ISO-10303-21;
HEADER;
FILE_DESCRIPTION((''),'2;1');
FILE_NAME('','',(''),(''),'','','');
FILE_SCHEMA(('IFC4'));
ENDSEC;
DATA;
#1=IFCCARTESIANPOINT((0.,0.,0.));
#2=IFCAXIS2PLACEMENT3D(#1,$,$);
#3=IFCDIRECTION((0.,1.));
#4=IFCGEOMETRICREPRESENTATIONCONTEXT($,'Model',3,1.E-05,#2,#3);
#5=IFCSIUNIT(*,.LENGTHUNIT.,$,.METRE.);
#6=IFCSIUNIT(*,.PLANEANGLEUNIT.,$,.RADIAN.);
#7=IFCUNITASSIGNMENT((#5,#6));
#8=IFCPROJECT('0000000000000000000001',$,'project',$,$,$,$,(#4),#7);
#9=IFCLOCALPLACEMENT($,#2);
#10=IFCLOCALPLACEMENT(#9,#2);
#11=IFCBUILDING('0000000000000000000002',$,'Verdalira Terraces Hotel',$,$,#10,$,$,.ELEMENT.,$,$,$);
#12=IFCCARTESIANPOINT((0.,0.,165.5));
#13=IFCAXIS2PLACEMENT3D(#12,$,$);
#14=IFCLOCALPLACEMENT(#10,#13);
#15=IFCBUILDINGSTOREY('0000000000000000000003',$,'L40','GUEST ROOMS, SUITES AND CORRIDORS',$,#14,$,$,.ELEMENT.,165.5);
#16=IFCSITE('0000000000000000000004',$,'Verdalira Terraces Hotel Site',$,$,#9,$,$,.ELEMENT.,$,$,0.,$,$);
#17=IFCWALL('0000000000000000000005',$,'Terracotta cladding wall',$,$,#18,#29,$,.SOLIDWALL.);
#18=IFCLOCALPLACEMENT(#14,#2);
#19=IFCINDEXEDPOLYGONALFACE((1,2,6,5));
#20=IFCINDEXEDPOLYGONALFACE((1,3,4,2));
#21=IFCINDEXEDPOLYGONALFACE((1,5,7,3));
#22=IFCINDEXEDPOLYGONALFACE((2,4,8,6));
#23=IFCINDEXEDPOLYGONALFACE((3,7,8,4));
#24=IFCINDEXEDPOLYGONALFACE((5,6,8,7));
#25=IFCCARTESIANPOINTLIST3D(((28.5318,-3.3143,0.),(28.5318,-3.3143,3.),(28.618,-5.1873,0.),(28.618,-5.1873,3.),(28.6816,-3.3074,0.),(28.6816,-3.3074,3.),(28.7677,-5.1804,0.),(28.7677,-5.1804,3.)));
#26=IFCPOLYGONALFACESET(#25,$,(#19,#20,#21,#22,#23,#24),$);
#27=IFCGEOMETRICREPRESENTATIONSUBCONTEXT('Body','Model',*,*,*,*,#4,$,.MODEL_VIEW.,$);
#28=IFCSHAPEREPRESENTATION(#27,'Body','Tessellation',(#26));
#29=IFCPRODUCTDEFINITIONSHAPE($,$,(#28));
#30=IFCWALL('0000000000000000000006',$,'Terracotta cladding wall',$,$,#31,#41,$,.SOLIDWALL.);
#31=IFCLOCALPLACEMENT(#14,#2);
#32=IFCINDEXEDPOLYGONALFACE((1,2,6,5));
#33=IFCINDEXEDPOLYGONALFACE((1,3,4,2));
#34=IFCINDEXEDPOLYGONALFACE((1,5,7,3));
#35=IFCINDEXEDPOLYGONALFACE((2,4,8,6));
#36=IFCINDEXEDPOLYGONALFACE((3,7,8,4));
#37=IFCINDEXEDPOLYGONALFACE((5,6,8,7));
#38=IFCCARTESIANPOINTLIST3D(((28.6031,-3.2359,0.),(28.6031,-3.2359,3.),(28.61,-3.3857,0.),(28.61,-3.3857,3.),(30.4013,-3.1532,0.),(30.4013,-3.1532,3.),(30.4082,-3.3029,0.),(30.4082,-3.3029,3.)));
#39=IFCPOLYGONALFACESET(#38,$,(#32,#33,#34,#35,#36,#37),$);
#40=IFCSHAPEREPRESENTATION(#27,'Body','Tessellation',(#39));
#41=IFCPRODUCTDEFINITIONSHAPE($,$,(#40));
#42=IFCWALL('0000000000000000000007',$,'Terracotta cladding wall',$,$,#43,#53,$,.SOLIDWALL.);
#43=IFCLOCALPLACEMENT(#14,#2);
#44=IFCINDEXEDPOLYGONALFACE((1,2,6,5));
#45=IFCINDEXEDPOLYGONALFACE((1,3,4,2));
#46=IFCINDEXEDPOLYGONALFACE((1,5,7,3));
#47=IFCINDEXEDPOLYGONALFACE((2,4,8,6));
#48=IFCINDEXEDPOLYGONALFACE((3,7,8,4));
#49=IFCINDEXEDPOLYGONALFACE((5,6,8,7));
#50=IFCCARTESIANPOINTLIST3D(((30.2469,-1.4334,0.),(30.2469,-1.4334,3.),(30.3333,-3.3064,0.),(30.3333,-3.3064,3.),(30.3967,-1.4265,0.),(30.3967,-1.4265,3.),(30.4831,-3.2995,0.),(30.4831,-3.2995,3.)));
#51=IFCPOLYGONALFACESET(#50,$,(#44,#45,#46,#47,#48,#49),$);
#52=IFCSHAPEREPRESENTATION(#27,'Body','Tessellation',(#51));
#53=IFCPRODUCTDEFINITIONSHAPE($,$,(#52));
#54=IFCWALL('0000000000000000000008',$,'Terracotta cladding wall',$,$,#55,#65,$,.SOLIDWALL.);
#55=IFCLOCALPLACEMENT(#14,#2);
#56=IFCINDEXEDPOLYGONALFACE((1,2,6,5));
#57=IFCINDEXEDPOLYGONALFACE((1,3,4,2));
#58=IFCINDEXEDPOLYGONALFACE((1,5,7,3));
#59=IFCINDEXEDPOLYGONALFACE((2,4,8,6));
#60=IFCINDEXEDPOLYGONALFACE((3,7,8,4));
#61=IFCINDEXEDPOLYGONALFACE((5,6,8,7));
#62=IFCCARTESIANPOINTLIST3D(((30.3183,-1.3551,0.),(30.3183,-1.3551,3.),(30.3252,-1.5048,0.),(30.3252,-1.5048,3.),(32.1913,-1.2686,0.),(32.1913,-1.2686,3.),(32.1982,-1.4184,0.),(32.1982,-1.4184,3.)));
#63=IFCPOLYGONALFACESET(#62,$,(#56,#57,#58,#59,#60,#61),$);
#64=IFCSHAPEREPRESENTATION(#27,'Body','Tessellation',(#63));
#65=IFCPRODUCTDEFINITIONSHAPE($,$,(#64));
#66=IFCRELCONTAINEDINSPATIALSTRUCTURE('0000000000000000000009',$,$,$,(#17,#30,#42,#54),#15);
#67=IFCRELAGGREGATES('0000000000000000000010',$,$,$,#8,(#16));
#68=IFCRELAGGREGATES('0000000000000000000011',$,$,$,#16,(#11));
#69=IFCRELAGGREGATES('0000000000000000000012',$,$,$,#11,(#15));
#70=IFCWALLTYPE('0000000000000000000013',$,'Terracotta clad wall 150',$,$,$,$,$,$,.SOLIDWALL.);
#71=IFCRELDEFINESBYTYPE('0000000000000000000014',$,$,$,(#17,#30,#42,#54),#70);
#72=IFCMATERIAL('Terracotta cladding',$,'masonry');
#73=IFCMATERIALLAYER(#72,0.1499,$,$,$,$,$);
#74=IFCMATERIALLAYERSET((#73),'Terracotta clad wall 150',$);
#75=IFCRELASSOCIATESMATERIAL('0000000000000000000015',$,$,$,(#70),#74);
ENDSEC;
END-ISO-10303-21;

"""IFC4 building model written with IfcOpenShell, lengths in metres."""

from ifc_helpers import new_model, si_unit, direction, frame, frame_2d, origin, place, context, subcontext, project, spatial, rectangle, extrude, material, layer, layer_set, type_object, element, save


model = new_model("IFC4")

# Units and contexts
model_context = context("Model", 3, precision=1e-05, world=origin(), true_north=direction((0.0, 1.0)))
body_context = subcontext(model_context, "Body", "Model", "MODEL_VIEW")
ifc_project = project(units=[si_unit("LENGTHUNIT", "METRE"), si_unit("PLANEANGLEUNIT", "RADIAN")], contexts=[model_context])

# Site, building, storey
site_placement = place(None, origin())
site = spatial("IfcSite", under=ifc_project, at=site_placement, Name="Verdalira Terraces Hotel Site", CompositionType="ELEMENT", RefElevation=0.0)
building_placement = place(site_placement, origin())
building = spatial("IfcBuilding", under=site, at=building_placement, Name="Verdalira Terraces Hotel", CompositionType="ELEMENT")
storey_placement = place(building_placement, frame((0.0, 0.0, 165.5)))
storey = spatial("IfcBuildingStorey", under=building, at=storey_placement, Name="L40", Description="GUEST ROOMS, SUITES AND CORRIDORS", CompositionType="ELEMENT", Elevation=165.5)

# Walls
ifc_material_1 = material(Name="Terracotta cladding", Category="masonry")
ifc_layer_1 = layer(ifc_material_1, 0.1499)
ifc_layer_set_1 = layer_set([ifc_layer_1], Name="Terracotta clad wall 150")
wall_type_1 = type_object("IfcWallType", Name="Terracotta clad wall 150", PredefinedType="SOLIDWALL", material=ifc_layer_set_1)
wall_1_placement = place(storey_placement, frame((28.6929, -5.1838, 0.0), z_axis=(0.0, 0.0, 1.0), x_axis=(-0.045963, 0.998943, 0.0)))
element("IfcWall", 1, at=wall_1_placement, inside=storey, type_object=wall_type_1, Name="Terracotta cladding wall", PredefinedType="SOLIDWALL", context=body_context, shape_type="SweptSolid", body=[
    extrude(rectangle(XDim=1.875, YDim=0.1499, at=frame_2d((0.9375, 0.0))), origin(), (0.0, 0.0, 1.0), 3.0),
])
wall_2_placement = place(storey_placement, frame((28.6067, -3.3108, 0.0), z_axis=(0.0, 0.0, 1.0), x_axis=(0.998942, 0.04598, 0.0)))
element("IfcWall", 2, at=wall_2_placement, inside=storey, type_object=wall_type_1, Name="Terracotta cladding wall", PredefinedType="SOLIDWALL", context=body_context, shape_type="SweptSolid", body=[
    extrude(rectangle(XDim=1.8, YDim=0.1499, at=frame_2d((0.8999, 0.0))), origin(), (0.0, 0.0, 1.0), 3.0),
])
for number, where, z_axis, x_axis, name in (
    (3, (30.4082, -3.303, 0.0), (0.0, 0.0, 1.0), (-0.046093, 0.998937, 0.0), "Terracotta cladding wall"),
    (4, (30.3218, -1.4299, 0.0), (0.0, 0.0, 1.0), (0.998937, 0.046093, 0.0), "Terracotta cladding wall"),
):
    element("IfcWall", number, at=place(storey_placement, frame(where, z_axis=z_axis, x_axis=x_axis)), inside=storey, type_object=wall_type_1, Name=name, PredefinedType="SOLIDWALL", context=body_context, shape_type="SweptSolid", body=[
        extrude(rectangle(XDim=1.875, YDim=0.1499, at=frame_2d((0.9375, 0.0))), origin(), (0.0, 0.0, 1.0), 3.0),
    ])

save(model, "model.ifc")
